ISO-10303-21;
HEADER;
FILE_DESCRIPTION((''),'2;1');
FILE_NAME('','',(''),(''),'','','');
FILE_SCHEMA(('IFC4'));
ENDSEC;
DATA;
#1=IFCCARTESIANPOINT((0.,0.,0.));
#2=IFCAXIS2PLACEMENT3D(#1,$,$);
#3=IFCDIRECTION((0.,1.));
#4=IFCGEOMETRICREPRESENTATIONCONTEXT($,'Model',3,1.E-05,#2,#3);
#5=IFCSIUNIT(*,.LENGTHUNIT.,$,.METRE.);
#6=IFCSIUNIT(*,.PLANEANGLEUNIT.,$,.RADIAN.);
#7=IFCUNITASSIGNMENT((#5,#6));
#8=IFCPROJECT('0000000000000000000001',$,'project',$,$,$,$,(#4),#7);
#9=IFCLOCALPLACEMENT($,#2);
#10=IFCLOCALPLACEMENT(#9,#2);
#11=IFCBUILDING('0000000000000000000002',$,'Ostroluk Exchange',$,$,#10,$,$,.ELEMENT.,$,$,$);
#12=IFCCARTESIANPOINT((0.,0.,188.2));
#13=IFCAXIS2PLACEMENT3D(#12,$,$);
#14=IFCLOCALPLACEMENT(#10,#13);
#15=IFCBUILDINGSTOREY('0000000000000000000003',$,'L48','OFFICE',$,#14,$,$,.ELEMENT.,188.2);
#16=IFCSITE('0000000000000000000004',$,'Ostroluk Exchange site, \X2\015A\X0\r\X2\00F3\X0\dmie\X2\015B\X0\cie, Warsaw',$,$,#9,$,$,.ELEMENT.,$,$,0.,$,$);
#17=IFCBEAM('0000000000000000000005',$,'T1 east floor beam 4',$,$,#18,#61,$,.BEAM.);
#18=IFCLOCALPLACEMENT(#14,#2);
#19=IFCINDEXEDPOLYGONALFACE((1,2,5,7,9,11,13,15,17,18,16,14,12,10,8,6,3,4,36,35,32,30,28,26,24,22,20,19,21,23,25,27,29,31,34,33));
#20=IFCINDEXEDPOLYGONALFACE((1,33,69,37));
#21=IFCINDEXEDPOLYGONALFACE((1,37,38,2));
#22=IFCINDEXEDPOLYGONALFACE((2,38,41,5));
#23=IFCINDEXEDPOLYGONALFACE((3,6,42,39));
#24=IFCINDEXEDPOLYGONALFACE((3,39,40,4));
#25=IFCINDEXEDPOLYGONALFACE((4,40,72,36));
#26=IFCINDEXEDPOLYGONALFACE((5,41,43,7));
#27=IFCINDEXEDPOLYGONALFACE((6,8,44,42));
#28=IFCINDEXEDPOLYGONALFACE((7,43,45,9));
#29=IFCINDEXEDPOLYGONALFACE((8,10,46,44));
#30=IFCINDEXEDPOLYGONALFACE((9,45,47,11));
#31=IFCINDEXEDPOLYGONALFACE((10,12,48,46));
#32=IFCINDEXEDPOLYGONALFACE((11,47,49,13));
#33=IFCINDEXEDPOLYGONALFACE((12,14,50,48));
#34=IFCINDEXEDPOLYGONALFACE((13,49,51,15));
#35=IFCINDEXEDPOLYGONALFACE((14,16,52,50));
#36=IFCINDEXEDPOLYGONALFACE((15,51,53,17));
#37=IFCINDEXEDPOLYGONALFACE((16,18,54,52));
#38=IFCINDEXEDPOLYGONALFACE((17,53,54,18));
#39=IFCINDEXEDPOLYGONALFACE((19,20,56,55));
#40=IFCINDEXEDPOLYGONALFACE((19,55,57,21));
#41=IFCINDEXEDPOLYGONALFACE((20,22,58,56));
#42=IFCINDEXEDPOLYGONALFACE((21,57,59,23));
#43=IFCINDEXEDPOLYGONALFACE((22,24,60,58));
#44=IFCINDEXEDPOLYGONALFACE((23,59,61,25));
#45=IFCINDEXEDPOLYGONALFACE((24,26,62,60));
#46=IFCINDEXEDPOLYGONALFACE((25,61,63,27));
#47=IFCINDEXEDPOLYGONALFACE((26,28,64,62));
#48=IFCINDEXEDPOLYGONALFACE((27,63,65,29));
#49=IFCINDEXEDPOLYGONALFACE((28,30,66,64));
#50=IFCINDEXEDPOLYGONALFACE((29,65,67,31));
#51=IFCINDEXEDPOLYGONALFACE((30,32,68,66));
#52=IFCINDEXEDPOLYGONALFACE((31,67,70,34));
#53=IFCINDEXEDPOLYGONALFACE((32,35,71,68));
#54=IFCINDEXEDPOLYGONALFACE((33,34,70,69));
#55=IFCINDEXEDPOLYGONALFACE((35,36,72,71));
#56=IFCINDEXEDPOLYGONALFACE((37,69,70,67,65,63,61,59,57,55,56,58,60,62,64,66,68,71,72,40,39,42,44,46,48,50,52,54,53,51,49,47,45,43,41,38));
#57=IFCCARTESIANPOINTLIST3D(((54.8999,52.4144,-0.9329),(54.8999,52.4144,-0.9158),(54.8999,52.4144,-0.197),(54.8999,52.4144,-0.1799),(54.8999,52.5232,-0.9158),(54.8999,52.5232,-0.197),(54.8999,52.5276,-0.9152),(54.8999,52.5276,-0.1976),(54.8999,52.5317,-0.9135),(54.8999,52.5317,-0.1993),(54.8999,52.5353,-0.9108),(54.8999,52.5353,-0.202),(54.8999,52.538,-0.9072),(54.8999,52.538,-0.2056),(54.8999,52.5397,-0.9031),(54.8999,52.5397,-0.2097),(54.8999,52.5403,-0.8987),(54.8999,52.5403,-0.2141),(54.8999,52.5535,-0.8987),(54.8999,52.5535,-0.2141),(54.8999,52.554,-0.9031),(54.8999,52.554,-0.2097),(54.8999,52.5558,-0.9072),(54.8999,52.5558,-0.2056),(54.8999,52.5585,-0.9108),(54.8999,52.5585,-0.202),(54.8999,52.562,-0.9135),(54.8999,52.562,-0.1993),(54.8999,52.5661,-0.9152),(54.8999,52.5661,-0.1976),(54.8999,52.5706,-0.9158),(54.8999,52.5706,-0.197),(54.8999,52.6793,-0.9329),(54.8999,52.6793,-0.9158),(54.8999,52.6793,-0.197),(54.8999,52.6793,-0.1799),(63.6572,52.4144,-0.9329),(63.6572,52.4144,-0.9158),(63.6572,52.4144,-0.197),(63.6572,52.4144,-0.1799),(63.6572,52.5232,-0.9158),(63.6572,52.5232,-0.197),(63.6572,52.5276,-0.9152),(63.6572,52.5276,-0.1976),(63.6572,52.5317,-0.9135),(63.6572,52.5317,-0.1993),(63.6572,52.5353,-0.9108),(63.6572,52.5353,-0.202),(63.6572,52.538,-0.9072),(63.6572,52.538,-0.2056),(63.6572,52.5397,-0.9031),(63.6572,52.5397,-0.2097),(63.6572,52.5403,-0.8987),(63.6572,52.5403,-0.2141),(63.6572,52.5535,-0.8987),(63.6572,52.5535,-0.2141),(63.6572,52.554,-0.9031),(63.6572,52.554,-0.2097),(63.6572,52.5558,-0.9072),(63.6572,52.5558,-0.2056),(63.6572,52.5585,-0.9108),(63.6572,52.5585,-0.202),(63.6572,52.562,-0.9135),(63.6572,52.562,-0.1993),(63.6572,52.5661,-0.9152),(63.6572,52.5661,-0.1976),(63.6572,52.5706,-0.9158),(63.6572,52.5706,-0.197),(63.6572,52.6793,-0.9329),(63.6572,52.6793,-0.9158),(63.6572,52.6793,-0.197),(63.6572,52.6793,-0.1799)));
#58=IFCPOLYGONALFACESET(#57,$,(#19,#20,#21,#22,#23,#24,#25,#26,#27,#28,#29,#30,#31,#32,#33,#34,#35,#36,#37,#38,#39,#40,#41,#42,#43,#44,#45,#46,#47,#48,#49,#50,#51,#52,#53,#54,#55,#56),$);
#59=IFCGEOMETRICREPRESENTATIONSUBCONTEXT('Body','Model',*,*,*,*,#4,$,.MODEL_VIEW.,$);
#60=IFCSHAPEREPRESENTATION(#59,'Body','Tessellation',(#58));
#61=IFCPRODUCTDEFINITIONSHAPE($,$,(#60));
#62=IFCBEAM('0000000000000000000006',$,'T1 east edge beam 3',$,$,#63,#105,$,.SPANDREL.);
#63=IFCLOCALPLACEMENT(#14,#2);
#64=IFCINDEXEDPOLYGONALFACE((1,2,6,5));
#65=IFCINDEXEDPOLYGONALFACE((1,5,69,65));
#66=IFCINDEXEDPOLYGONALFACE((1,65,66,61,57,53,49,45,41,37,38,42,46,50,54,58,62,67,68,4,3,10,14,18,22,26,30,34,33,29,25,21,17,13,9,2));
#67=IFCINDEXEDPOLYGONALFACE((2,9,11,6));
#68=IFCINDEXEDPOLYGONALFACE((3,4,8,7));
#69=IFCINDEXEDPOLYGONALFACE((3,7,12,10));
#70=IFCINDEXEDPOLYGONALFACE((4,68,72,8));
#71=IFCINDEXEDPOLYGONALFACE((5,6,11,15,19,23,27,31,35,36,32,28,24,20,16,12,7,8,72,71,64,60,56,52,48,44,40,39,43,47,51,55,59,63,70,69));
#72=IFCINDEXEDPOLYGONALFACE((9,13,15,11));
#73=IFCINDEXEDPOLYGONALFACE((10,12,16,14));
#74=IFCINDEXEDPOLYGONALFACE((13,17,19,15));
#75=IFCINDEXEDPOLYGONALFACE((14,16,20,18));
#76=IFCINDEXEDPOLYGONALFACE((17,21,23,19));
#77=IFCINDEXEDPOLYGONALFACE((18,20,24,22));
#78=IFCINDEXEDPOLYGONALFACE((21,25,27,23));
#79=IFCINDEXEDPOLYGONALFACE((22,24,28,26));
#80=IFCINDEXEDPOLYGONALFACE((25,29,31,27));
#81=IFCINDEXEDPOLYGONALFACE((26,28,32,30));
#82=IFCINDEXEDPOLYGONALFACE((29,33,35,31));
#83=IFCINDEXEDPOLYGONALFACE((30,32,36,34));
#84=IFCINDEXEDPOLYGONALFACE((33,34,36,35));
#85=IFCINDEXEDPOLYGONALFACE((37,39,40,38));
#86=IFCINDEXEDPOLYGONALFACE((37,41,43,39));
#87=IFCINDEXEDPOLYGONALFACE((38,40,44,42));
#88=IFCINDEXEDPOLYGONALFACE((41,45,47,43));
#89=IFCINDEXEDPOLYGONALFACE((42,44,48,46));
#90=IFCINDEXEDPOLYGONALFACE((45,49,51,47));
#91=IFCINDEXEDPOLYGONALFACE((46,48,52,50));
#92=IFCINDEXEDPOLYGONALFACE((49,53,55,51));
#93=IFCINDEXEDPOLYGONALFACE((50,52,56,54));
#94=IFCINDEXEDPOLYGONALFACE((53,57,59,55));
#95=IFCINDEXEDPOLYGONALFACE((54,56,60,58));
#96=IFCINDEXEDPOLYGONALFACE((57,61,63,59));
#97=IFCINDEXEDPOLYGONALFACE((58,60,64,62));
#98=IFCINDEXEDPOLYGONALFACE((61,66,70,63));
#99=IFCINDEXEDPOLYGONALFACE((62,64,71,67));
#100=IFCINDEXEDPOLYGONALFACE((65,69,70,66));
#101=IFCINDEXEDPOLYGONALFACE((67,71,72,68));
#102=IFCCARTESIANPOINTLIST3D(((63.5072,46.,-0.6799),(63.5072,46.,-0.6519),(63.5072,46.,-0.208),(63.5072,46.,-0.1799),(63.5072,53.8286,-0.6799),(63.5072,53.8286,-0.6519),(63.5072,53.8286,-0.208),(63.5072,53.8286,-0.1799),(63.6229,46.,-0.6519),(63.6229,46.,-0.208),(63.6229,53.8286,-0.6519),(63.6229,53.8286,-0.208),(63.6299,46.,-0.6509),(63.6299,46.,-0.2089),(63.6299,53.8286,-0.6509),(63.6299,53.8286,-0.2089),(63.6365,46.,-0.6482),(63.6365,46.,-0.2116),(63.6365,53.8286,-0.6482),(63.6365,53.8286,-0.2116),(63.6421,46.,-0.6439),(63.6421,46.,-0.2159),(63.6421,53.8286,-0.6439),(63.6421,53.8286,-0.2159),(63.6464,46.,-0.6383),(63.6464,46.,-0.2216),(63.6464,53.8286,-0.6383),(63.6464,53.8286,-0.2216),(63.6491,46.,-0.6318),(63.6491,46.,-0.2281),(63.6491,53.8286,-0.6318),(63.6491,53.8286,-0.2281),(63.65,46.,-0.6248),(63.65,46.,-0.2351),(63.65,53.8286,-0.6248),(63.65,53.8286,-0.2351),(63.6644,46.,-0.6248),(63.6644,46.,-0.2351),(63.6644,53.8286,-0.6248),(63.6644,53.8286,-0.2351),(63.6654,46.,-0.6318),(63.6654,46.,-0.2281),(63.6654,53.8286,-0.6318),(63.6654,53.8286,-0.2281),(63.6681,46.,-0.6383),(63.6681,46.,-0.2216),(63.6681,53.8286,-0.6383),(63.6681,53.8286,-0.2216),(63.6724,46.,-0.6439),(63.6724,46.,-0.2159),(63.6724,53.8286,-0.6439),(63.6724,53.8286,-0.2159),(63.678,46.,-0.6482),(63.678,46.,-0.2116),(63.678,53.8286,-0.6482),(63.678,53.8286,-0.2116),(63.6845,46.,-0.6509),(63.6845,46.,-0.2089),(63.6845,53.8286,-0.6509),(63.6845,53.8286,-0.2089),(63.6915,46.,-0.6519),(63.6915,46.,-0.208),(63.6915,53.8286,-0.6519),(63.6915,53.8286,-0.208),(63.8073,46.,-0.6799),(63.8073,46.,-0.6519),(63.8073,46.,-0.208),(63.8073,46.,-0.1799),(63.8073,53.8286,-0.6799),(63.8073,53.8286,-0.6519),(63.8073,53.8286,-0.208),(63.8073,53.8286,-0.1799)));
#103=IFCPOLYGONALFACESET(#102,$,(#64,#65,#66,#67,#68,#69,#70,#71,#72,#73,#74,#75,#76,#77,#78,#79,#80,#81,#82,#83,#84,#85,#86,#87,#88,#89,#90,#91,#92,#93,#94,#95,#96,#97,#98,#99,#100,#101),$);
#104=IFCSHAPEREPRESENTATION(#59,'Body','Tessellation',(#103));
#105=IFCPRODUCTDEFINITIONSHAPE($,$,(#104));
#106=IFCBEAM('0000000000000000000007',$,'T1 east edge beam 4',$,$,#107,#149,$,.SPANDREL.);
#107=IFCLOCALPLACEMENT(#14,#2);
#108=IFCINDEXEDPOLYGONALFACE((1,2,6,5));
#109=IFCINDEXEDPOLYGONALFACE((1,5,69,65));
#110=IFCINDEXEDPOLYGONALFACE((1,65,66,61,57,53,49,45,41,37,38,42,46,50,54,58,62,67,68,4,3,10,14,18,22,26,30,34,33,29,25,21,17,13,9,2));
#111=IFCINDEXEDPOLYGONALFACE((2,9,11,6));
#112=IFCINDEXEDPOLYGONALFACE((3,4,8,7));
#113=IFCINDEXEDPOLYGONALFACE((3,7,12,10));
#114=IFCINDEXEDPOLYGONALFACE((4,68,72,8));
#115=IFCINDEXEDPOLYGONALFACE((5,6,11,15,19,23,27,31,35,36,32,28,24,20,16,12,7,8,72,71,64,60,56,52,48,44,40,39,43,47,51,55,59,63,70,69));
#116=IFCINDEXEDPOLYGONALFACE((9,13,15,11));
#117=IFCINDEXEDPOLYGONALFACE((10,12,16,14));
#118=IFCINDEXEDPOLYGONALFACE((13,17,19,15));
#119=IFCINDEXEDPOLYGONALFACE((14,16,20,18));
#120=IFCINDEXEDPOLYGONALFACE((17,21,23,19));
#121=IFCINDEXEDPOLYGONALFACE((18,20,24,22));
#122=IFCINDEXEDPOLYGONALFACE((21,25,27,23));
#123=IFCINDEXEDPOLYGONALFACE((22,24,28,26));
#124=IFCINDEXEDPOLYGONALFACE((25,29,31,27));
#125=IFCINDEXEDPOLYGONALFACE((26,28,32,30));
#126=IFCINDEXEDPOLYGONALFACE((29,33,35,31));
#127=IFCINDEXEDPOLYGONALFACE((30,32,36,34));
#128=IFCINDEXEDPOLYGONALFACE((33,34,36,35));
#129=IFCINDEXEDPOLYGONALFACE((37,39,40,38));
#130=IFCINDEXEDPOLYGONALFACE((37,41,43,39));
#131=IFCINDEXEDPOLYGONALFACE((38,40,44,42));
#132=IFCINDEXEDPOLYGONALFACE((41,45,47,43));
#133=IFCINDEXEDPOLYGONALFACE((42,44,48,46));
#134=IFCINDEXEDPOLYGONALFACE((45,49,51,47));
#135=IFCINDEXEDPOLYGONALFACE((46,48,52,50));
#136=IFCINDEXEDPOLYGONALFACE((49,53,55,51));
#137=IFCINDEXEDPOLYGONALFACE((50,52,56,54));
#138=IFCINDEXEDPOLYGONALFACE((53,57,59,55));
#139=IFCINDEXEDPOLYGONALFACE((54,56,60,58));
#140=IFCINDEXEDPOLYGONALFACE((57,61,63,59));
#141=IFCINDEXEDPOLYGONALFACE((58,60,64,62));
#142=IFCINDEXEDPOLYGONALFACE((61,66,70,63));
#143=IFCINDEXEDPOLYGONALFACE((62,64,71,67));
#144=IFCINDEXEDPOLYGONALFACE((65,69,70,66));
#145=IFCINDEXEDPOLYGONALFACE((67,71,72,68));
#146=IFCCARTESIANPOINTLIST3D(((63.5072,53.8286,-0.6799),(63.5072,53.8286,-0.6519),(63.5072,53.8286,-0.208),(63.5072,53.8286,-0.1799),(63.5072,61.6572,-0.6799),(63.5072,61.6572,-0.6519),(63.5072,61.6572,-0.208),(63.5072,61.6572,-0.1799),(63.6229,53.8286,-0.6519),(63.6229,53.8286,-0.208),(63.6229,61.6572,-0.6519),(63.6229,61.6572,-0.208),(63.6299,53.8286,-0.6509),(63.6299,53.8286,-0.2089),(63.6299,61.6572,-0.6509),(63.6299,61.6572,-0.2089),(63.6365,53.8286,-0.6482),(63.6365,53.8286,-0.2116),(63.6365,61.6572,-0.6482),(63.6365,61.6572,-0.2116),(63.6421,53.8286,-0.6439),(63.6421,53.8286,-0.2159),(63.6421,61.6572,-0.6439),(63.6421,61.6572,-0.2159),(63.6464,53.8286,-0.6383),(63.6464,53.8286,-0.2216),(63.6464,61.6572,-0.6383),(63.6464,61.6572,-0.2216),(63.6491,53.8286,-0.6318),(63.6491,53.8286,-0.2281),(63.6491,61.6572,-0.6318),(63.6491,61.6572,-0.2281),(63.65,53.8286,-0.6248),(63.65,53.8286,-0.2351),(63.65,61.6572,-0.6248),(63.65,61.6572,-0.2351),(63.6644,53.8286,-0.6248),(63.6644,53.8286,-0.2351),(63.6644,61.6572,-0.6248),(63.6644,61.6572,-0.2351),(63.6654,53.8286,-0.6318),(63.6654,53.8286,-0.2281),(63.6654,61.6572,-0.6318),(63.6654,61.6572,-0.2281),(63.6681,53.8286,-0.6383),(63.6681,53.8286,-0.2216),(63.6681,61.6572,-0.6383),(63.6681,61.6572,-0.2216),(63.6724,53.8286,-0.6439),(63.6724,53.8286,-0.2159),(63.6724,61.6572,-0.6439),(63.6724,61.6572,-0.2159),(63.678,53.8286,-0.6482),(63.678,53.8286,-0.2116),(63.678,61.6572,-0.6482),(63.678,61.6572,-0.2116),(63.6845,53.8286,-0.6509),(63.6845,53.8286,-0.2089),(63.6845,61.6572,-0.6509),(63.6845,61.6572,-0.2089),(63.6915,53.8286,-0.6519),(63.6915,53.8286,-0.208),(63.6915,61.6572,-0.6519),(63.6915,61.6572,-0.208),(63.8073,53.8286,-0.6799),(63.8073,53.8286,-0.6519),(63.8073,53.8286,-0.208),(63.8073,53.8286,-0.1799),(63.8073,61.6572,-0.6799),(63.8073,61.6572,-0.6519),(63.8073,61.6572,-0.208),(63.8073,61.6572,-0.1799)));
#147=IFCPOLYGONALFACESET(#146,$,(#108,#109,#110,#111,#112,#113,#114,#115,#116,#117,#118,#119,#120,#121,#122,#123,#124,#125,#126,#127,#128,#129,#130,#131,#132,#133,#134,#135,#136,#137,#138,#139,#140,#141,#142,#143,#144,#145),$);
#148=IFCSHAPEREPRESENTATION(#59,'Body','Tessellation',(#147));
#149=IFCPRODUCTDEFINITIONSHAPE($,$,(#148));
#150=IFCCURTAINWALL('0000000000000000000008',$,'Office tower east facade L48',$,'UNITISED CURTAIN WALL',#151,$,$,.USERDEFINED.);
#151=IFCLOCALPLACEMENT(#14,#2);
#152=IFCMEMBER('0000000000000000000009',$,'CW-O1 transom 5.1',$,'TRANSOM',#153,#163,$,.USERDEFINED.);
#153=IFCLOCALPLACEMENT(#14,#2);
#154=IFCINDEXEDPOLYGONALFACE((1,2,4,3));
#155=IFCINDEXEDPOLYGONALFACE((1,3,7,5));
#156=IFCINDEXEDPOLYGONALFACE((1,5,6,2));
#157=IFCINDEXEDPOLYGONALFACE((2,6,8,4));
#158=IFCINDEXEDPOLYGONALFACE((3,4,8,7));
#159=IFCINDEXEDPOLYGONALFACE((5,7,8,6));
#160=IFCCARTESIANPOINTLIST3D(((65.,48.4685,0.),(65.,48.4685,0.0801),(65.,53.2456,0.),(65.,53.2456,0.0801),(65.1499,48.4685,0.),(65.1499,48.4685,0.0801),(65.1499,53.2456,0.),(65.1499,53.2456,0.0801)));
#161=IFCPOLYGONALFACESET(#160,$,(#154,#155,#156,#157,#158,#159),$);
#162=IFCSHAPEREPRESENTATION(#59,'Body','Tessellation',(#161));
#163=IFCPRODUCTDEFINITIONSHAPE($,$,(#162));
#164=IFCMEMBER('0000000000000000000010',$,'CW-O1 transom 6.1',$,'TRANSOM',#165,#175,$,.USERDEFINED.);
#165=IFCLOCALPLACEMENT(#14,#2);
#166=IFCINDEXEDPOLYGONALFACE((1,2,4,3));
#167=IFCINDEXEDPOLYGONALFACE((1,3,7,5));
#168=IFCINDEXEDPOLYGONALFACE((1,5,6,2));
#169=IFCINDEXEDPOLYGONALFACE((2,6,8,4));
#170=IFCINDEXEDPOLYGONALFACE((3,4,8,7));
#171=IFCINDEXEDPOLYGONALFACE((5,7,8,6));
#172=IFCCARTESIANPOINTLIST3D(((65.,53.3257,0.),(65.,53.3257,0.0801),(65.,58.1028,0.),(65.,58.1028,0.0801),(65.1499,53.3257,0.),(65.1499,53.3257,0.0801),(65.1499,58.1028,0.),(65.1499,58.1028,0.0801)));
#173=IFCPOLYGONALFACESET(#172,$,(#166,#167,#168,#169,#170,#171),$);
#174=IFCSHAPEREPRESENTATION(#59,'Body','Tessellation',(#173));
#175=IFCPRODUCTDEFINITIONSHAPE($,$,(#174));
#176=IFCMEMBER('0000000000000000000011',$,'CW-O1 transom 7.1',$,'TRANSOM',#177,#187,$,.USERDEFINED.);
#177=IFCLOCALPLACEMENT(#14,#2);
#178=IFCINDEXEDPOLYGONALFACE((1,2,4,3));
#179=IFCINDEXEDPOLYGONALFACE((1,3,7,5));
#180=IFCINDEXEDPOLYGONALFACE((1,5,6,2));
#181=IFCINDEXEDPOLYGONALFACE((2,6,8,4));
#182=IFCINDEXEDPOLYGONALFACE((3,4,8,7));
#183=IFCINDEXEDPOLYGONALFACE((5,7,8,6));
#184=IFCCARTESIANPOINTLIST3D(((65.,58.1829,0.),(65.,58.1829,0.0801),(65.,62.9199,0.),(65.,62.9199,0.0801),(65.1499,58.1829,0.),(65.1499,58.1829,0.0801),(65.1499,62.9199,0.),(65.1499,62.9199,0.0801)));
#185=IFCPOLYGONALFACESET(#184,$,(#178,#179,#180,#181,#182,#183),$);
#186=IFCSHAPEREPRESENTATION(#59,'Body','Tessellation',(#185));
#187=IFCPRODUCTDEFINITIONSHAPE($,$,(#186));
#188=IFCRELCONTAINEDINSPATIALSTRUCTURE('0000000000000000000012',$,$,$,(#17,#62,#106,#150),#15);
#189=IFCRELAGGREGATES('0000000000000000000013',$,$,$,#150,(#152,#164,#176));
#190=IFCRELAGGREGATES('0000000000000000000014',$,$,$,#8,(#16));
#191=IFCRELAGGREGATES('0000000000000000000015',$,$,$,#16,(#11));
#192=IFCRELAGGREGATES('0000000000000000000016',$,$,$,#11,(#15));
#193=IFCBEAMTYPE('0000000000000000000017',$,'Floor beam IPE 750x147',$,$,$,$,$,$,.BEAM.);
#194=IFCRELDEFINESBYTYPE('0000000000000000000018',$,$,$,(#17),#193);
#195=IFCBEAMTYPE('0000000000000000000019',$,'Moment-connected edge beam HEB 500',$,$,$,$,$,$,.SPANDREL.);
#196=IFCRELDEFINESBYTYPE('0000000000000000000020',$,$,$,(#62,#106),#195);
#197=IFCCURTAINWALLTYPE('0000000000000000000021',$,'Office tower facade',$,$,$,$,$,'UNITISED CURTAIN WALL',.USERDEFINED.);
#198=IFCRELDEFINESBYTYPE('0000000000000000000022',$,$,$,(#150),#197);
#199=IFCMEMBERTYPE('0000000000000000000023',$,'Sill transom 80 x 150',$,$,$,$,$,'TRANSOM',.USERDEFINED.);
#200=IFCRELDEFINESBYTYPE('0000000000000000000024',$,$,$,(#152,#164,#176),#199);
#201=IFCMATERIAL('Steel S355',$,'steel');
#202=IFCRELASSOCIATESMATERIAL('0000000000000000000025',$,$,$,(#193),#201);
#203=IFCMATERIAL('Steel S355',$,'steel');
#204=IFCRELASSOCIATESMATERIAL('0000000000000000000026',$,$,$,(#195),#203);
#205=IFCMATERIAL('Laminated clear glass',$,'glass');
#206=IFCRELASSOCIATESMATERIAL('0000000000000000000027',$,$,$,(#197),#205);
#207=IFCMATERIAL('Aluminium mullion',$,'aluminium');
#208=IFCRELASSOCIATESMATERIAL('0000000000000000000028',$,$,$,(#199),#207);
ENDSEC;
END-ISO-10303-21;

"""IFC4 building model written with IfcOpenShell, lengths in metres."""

from ifc_helpers import new_model, si_unit, direction, frame, origin, origin_2d, place, context, subcontext, project, spatial, rectangle, i_section, extrude, material, material_profile, profile_set, type_object, element, aggregate, save


model = new_model("IFC4")

# Units and contexts
model_context = context("Model", 3, precision=1e-05, world=origin(), true_north=direction((0.0, 1.0)))
body_context = subcontext(model_context, "Body", "Model", "MODEL_VIEW")
ifc_project = project(units=[si_unit("LENGTHUNIT", "METRE"), si_unit("PLANEANGLEUNIT", "RADIAN")], contexts=[model_context])

# Site, building, storey
site_placement = place(None, origin())
site = spatial("IfcSite", under=ifc_project, at=site_placement, Name="Ostroluk Exchange site, Śródmieście, Warsaw", CompositionType="ELEMENT", RefElevation=0.0)
building_placement = place(site_placement, origin())
building = spatial("IfcBuilding", under=site, at=building_placement, Name="Ostroluk Exchange", CompositionType="ELEMENT")
storey_placement = place(building_placement, frame((0.0, 0.0, 188.2)))
storey = spatial("IfcBuildingStorey", under=building, at=storey_placement, Name="L48", Description="OFFICE", CompositionType="ELEMENT", Elevation=188.2)

# Beams
ifc_material_1 = material(Name="Steel S355", Category="steel")
ifc_material_profile_1 = material_profile(ifc_material_1, i_section(OverallWidth=0.2649, OverallDepth=0.7529, WebThickness=0.0132, FlangeThickness=0.0171, FilletRadius=0.0171, at=origin_2d()), Name="IPE 750x147")
ifc_profile_set_1 = profile_set([ifc_material_profile_1], Name="Steel S355")
beam_type_1 = type_object("IfcBeamType", Name="Floor beam IPE 750x147", PredefinedType="BEAM", material=ifc_profile_set_1)
for number, where, z_axis, x_axis, name in (
    (1, (54.8999, 52.5469, -0.5564), (1.0, 0.0, 0.0), (0.0, 1.0, 0.0), "T1 east floor beam 4"),
):
    element("IfcBeam", number, at=place(storey_placement, frame(where, z_axis=z_axis, x_axis=x_axis)), inside=storey, type_object=beam_type_1, Name=name, PredefinedType="BEAM", context=body_context, shape_type="SweptSolid", body=[
        extrude(i_section(OverallWidth=0.2649, OverallDepth=0.7529, WebThickness=0.0132, FlangeThickness=0.0171, FilletRadius=0.0171, at=origin_2d()), origin(), (0.0, 0.0, 1.0), 8.7573),
    ])
ifc_material_2 = material(Name="Steel S355", Category="steel")
ifc_material_profile_2 = material_profile(ifc_material_2, i_section(OverallWidth=0.3, OverallDepth=0.5, WebThickness=0.0144, FlangeThickness=0.0281, FilletRadius=0.0271, at=origin_2d()), Name="HEB 500")
ifc_profile_set_2 = profile_set([ifc_material_profile_2], Name="Steel S355")
beam_type_2 = type_object("IfcBeamType", Name="Moment-connected edge beam HEB 500", PredefinedType="SPANDREL", material=ifc_profile_set_2)
for number, where, z_axis, x_axis, name in (
    (2, (63.6572, 46.0, -0.4299), (0.0, 1.0, 0.0), (-1.0, 0.0, 0.0), "T1 east edge beam 3"),
    (3, (63.6572, 53.8286, -0.4299), (0.0, 1.0, 0.0), (-1.0, 0.0, 0.0), "T1 east edge beam 4"),
):
    element("IfcBeam", number, at=place(storey_placement, frame(where, z_axis=z_axis, x_axis=x_axis)), inside=storey, type_object=beam_type_2, Name=name, PredefinedType="SPANDREL", context=body_context, shape_type="SweptSolid", body=[
        extrude(i_section(OverallWidth=0.3, OverallDepth=0.5, WebThickness=0.0144, FlangeThickness=0.0281, FilletRadius=0.0271, at=origin_2d()), origin(), (0.0, 0.0, 1.0), 7.8286),
    ])

# Curtain wall, members
ifc_material_3 = material(Name="Laminated clear glass", Category="glass")
curtain_wall_type = type_object("IfcCurtainWallType", Name="Office tower facade", ElementType="UNITISED CURTAIN WALL", PredefinedType="USERDEFINED", material=ifc_material_3)
curtain_wall_placement = place(storey_placement, origin())
curtain_wall = element("IfcCurtainWall", 4, at=curtain_wall_placement, inside=storey, type_object=curtain_wall_type, Name="Office tower east facade L48", ObjectType="UNITISED CURTAIN WALL", PredefinedType="USERDEFINED")
ifc_material_4 = material(Name="Aluminium mullion", Category="aluminium")
ifc_material_profile_3 = material_profile(ifc_material_4, rectangle(XDim=0.1499, YDim=0.0801, at=origin_2d()), Name="Sill transom 80 x 150")
ifc_profile_set_3 = profile_set([ifc_material_profile_3], Name="Aluminium mullion")
member_type_1 = type_object("IfcMemberType", Name="Sill transom 80 x 150", ElementType="TRANSOM", PredefinedType="USERDEFINED", material=ifc_profile_set_3)
member_1_placement = place(storey_placement, frame((65.075, 48.4685, 0.04), z_axis=(0.0, 1.0, 0.0), x_axis=(-1.0, 0.0, 0.0)))
member_1 = element("IfcMember", 5, at=member_1_placement, type_object=member_type_1, Name="CW-O1 transom 5.1", ObjectType="TRANSOM", PredefinedType="USERDEFINED", context=body_context, shape_type="SweptSolid", body=[
    extrude(rectangle(XDim=0.1499, YDim=0.0801, at=origin_2d()), origin(), (0.0, 0.0, 1.0), 4.7771),
])
member_2_placement = place(storey_placement, frame((65.075, 53.3257, 0.04), z_axis=(0.0, 1.0, 0.0), x_axis=(-1.0, 0.0, 0.0)))
member_2 = element("IfcMember", 6, at=member_2_placement, type_object=member_type_1, Name="CW-O1 transom 6.1", ObjectType="TRANSOM", PredefinedType="USERDEFINED", context=body_context, shape_type="SweptSolid", body=[
    extrude(rectangle(XDim=0.1499, YDim=0.0801, at=origin_2d()), origin(), (0.0, 0.0, 1.0), 4.7771),
])
member_3_placement = place(storey_placement, frame((65.075, 58.1829, 0.04), z_axis=(0.0, 1.0, 0.0), x_axis=(-1.0, 0.0, 0.0)))
member_3 = element("IfcMember", 7, at=member_3_placement, type_object=member_type_1, Name="CW-O1 transom 7.1", ObjectType="TRANSOM", PredefinedType="USERDEFINED", context=body_context, shape_type="SweptSolid", body=[
    extrude(rectangle(XDim=0.1499, YDim=0.0801, at=origin_2d()), origin(), (0.0, 0.0, 1.0), 4.7371),
])
aggregate(curtain_wall, [member_1, member_2, member_3])

save(model, "model.ifc")
